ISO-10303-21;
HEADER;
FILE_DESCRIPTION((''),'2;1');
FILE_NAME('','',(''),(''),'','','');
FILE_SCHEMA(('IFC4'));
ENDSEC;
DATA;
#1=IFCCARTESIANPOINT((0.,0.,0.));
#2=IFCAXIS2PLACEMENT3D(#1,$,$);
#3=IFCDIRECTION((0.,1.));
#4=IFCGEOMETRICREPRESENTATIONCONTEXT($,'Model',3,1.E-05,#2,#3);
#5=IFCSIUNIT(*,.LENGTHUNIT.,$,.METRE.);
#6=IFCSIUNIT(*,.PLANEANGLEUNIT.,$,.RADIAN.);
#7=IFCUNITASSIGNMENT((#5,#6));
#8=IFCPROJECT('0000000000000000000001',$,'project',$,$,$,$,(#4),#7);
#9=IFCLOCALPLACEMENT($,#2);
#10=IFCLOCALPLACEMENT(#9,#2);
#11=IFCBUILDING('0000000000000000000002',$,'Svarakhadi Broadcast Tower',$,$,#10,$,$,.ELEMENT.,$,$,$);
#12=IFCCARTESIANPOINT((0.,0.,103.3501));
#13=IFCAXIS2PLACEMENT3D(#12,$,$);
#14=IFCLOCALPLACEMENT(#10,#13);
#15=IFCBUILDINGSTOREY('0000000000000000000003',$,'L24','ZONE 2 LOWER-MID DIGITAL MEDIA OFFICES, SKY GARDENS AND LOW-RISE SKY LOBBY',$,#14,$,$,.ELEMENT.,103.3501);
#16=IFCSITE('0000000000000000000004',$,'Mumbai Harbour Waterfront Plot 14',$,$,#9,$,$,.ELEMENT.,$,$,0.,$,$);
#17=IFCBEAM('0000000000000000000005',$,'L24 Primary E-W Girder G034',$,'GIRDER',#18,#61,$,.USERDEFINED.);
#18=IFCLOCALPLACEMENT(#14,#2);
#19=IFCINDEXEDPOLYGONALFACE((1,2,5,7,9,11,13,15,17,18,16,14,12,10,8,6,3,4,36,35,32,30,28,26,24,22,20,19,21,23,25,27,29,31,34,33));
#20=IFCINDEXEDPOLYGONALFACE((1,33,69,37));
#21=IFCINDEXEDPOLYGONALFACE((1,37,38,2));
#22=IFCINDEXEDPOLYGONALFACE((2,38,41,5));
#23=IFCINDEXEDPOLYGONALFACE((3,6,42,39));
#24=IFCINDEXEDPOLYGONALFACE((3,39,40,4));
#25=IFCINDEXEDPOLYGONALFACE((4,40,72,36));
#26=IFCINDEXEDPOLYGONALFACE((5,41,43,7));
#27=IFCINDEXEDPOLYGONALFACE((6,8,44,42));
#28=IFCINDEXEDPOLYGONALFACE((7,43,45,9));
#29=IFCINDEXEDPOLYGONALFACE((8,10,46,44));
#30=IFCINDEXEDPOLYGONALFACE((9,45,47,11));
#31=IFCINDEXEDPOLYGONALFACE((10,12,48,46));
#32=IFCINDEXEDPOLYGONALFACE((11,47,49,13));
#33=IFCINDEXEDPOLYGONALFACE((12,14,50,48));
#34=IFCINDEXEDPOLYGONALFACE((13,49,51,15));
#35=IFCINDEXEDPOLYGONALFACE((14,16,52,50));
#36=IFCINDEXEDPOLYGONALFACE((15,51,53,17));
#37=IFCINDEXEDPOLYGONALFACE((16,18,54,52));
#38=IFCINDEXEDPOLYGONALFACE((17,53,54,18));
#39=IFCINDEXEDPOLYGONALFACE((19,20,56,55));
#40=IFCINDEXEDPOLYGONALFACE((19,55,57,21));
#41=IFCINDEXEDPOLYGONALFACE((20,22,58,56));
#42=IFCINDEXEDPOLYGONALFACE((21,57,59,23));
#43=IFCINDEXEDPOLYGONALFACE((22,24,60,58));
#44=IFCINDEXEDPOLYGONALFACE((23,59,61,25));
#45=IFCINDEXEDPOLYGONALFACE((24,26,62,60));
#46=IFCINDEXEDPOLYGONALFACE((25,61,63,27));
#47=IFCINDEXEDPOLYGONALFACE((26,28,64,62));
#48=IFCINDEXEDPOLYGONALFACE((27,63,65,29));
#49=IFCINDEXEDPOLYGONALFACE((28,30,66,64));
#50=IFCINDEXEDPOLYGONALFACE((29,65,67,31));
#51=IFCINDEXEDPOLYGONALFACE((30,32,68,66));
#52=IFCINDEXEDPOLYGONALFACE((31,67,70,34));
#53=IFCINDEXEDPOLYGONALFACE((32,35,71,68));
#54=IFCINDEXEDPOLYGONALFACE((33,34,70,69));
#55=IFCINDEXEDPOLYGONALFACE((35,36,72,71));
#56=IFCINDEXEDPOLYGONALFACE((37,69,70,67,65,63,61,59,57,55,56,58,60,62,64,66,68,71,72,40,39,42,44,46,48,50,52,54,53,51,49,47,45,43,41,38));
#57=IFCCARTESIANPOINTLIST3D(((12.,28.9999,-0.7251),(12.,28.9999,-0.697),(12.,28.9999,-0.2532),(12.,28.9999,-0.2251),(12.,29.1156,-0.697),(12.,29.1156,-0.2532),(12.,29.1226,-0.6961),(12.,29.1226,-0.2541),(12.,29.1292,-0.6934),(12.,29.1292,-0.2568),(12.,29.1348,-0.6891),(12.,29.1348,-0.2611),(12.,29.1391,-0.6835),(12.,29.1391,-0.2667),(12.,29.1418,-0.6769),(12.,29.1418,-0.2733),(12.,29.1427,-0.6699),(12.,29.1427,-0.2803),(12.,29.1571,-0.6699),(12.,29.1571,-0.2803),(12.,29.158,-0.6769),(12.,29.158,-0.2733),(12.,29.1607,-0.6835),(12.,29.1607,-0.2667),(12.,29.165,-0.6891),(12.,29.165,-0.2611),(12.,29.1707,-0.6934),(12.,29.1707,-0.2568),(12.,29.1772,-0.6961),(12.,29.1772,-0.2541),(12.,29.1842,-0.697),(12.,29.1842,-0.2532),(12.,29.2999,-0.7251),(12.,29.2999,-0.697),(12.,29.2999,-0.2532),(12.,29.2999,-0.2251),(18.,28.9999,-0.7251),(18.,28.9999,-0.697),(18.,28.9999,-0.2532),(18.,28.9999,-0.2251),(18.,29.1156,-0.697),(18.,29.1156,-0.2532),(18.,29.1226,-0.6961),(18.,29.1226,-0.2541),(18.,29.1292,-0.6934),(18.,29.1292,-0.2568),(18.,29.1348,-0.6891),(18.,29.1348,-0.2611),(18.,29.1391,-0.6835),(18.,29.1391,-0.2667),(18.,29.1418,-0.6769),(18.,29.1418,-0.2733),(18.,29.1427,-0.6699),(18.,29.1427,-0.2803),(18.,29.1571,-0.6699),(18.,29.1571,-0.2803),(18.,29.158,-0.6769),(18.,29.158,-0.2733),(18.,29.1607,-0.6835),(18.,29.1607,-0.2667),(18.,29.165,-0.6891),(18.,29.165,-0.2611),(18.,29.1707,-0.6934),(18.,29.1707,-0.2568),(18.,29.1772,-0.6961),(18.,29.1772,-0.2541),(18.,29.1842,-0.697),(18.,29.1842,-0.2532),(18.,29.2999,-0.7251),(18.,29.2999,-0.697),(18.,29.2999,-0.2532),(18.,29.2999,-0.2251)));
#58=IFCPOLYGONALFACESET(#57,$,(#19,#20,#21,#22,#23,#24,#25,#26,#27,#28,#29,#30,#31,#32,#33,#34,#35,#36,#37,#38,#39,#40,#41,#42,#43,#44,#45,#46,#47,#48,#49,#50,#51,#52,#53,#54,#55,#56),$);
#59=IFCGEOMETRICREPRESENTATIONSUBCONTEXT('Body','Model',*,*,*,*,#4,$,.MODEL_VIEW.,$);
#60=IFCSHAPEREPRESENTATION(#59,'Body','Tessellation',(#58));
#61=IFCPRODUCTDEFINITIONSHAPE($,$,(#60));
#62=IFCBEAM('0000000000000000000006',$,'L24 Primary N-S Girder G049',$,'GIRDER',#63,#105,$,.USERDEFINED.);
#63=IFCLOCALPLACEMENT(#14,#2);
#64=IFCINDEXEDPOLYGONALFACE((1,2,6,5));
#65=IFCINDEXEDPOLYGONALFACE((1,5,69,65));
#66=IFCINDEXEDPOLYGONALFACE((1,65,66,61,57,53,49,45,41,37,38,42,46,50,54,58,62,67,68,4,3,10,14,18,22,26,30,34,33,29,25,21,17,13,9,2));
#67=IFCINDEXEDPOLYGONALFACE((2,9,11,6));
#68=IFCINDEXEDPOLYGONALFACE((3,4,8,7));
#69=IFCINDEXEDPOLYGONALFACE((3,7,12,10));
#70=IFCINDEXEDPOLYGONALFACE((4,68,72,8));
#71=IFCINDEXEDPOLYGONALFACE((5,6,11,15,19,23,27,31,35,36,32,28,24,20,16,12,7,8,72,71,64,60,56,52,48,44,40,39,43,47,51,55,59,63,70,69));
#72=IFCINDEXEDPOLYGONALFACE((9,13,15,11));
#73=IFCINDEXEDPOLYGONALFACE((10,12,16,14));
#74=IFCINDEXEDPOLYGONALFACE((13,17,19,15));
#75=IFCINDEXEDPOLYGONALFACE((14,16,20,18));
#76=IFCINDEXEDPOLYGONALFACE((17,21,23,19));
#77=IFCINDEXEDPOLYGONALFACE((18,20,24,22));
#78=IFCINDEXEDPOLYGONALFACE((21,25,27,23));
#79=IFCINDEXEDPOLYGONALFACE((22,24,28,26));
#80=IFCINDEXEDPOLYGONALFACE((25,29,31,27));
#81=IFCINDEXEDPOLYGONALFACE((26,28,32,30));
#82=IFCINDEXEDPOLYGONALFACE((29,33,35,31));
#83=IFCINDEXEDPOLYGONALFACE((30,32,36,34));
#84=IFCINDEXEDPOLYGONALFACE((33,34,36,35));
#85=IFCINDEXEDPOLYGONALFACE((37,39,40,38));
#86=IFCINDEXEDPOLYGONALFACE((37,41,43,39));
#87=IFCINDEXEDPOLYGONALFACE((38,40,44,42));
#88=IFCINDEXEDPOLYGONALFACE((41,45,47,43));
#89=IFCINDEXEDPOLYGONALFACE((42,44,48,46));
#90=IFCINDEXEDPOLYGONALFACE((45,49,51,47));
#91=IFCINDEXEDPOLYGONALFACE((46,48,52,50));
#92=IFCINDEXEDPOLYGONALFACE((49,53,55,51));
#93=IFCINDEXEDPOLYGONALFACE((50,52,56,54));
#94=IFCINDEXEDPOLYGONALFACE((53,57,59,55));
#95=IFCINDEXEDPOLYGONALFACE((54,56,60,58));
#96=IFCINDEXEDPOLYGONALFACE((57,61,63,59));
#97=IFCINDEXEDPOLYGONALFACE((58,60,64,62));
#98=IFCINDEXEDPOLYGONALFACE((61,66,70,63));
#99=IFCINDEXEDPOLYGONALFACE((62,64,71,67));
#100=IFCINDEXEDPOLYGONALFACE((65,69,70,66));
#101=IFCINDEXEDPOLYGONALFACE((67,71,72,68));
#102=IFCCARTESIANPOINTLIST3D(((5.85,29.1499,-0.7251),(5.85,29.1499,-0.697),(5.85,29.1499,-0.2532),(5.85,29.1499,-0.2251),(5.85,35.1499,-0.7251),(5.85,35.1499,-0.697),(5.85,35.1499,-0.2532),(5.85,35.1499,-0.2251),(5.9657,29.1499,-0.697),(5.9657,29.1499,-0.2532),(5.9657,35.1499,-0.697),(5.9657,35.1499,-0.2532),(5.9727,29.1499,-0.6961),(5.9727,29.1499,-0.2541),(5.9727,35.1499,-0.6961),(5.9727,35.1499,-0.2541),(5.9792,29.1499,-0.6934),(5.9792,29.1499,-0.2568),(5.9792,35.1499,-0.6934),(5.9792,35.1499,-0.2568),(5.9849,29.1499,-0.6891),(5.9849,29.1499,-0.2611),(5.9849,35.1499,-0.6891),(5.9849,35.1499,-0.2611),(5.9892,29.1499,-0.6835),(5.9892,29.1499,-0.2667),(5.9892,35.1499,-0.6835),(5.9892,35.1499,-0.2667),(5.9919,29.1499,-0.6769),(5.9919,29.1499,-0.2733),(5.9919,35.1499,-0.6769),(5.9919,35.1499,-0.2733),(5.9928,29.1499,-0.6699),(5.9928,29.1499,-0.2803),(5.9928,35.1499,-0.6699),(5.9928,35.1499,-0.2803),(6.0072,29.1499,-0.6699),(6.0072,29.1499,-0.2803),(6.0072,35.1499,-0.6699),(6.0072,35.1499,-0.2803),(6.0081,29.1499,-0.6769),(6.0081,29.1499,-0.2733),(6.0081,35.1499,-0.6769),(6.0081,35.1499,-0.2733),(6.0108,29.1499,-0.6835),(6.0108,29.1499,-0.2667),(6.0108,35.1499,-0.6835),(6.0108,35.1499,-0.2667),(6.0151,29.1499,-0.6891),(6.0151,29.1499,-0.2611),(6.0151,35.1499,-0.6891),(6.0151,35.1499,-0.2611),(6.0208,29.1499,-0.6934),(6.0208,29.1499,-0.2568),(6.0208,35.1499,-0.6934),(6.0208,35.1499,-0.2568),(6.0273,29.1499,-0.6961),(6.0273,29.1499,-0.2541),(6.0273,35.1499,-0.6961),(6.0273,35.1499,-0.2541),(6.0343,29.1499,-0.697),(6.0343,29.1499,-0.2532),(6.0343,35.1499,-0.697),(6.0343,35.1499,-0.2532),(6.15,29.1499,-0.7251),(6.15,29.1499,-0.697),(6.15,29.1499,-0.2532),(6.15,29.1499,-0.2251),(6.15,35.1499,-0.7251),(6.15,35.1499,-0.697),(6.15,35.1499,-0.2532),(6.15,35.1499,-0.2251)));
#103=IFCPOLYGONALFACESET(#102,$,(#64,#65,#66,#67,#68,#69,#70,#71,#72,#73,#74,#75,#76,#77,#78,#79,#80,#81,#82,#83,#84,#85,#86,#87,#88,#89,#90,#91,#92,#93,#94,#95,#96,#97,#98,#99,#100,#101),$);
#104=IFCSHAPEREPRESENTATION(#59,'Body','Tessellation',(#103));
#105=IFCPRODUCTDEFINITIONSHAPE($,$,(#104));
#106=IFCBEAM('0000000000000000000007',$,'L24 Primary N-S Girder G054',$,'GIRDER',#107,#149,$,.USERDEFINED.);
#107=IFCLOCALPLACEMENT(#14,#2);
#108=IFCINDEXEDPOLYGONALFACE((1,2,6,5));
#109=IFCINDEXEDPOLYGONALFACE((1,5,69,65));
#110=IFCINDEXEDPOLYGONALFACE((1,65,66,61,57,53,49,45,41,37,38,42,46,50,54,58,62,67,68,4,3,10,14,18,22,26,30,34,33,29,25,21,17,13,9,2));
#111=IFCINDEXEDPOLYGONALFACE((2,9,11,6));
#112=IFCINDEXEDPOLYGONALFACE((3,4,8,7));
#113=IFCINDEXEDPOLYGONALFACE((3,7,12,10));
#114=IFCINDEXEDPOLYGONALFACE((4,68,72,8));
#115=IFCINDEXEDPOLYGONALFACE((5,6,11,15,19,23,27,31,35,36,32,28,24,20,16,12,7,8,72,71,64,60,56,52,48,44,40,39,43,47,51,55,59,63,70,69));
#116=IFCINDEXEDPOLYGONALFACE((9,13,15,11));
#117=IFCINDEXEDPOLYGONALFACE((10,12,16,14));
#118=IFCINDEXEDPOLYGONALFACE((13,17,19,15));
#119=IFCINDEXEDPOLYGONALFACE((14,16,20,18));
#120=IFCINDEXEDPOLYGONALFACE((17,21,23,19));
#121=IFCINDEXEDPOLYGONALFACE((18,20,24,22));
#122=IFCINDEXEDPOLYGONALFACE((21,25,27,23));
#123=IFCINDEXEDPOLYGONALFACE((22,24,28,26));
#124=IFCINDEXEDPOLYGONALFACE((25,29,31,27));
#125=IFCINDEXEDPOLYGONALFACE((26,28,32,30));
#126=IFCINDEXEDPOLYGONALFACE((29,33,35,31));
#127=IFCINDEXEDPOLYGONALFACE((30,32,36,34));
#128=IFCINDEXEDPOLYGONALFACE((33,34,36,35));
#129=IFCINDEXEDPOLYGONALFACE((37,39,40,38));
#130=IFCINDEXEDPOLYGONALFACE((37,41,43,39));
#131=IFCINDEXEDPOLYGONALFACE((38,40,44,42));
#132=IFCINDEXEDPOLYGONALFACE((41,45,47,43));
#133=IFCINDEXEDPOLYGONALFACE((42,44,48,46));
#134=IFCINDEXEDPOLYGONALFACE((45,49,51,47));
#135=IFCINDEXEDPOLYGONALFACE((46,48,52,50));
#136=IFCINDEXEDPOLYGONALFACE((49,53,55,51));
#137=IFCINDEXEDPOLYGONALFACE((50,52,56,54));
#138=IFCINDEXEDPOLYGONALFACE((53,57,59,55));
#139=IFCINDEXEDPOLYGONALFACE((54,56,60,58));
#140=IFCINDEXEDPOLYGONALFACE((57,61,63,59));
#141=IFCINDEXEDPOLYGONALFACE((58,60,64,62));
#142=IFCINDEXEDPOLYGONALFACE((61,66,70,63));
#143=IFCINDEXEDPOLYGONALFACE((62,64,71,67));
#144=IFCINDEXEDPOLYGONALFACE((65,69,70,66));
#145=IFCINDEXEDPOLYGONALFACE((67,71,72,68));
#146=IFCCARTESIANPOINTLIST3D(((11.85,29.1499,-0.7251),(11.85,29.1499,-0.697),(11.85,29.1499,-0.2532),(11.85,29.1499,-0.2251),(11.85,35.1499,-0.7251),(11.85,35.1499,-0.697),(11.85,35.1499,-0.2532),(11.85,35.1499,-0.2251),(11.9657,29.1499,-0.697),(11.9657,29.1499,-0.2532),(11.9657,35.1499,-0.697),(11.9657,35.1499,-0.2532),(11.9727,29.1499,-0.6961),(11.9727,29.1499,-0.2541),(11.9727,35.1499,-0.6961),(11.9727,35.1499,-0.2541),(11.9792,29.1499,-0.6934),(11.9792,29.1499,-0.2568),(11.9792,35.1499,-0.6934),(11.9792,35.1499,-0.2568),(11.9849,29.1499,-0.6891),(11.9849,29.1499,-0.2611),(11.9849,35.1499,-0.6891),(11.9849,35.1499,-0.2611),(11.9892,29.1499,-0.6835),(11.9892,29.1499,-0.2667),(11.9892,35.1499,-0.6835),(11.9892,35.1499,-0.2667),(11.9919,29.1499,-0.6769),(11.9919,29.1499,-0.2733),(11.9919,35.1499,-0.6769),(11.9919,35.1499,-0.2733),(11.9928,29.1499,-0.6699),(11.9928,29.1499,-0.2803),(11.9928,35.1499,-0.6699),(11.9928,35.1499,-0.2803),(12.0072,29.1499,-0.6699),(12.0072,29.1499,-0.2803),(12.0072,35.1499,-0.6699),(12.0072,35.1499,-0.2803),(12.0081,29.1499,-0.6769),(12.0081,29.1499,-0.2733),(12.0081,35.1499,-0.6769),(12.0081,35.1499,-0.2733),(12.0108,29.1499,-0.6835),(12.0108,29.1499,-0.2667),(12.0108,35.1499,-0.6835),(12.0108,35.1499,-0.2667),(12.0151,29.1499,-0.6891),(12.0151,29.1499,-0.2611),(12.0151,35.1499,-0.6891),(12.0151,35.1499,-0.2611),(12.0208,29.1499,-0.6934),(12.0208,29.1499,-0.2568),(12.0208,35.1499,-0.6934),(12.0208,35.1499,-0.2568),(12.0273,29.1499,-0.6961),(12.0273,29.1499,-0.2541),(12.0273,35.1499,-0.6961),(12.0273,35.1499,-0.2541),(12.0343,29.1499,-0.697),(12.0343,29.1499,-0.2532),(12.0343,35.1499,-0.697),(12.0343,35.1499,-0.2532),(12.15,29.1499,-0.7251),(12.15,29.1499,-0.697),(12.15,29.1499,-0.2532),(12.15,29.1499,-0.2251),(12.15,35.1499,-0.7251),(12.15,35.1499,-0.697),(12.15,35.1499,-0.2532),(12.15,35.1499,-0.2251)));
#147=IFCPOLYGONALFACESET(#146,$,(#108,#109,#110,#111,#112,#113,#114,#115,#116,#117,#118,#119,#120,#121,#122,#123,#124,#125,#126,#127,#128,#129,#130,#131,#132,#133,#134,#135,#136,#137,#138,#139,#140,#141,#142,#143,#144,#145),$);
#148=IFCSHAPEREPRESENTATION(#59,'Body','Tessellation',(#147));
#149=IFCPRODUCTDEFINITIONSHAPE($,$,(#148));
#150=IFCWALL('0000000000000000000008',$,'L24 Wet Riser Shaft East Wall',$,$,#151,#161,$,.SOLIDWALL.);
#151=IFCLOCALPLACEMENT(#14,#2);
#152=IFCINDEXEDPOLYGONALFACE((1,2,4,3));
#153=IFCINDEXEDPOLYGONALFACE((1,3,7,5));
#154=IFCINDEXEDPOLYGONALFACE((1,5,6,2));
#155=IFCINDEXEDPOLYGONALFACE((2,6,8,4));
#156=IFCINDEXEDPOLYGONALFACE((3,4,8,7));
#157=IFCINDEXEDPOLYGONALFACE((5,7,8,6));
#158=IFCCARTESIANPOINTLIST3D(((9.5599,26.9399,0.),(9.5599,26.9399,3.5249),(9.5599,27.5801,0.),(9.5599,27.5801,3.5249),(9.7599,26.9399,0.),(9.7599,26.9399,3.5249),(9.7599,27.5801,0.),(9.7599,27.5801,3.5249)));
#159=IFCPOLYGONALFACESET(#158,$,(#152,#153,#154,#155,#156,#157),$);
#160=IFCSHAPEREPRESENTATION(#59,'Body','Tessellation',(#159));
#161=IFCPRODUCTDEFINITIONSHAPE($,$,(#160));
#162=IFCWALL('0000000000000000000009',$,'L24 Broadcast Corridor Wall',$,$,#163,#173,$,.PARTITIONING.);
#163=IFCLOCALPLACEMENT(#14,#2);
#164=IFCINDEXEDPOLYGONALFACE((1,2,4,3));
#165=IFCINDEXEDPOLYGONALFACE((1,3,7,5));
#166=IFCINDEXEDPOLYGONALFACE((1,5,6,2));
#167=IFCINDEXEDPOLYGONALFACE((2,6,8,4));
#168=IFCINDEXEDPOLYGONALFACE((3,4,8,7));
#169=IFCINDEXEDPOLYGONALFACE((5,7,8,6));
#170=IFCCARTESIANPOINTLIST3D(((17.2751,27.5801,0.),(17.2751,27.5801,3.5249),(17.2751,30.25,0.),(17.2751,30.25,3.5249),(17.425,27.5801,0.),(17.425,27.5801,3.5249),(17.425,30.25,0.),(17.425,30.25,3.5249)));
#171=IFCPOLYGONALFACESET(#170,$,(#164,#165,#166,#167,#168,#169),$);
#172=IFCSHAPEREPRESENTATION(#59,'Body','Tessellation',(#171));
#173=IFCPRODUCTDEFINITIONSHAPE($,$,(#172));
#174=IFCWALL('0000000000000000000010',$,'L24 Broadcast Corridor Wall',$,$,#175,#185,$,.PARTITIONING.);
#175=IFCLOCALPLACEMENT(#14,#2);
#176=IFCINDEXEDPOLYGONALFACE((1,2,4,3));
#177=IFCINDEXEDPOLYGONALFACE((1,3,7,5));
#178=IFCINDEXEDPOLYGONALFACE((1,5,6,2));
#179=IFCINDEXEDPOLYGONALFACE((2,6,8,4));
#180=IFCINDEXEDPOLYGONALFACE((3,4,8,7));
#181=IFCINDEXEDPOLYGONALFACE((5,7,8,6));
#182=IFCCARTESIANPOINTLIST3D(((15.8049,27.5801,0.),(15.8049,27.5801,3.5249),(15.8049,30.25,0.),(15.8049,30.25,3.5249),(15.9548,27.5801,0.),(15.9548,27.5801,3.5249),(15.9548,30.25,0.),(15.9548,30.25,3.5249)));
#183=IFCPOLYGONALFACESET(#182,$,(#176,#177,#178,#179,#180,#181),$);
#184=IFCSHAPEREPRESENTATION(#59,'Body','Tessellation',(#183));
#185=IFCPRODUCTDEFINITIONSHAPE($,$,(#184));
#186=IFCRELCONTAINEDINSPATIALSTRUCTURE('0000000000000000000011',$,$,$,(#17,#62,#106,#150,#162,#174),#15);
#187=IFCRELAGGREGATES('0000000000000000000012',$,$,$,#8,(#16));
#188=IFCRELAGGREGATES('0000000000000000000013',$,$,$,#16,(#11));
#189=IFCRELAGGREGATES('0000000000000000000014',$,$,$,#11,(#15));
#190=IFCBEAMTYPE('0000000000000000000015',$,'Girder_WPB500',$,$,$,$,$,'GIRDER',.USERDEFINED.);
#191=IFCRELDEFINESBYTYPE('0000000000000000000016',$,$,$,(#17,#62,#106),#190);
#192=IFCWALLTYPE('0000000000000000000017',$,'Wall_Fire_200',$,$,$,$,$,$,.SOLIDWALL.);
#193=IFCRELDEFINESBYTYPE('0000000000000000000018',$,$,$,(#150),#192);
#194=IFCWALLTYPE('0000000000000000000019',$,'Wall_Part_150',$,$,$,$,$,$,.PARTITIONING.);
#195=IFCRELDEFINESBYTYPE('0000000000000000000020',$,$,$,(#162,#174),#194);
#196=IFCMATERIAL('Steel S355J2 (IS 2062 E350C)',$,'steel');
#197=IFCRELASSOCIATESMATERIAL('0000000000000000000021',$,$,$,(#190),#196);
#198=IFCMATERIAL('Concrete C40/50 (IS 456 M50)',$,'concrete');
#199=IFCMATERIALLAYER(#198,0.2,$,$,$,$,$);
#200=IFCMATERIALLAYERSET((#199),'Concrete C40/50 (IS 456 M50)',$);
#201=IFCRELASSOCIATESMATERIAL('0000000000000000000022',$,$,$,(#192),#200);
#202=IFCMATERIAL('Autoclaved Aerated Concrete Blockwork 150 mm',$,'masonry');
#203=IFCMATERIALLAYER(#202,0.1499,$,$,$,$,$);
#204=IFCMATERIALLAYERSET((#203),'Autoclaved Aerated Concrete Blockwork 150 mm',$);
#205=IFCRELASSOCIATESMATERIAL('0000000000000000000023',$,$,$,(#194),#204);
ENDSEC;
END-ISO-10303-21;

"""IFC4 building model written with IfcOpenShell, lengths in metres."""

from ifc_helpers import new_model, si_unit, direction, frame, frame_2d, origin, origin_2d, place, context, subcontext, project, spatial, rectangle, i_section, extrude, material, layer, layer_set, material_profile, profile_set, type_object, element, save


model = new_model("IFC4")

# Units and contexts
model_context = context("Model", 3, precision=1e-05, world=origin(), true_north=direction((0.0, 1.0)))
body_context = subcontext(model_context, "Body", "Model", "MODEL_VIEW")
ifc_project = project(units=[si_unit("LENGTHUNIT", "METRE"), si_unit("PLANEANGLEUNIT", "RADIAN")], contexts=[model_context])

# Site, building, storey
site_placement = place(None, origin())
site = spatial("IfcSite", under=ifc_project, at=site_placement, Name="Mumbai Harbour Waterfront Plot 14", CompositionType="ELEMENT", RefElevation=0.0)
building_placement = place(site_placement, origin())
building = spatial("IfcBuilding", under=site, at=building_placement, Name="Svarakhadi Broadcast Tower", CompositionType="ELEMENT")
storey_placement = place(building_placement, frame((0.0, 0.0, 103.3501)))
storey = spatial("IfcBuildingStorey", under=building, at=storey_placement, Name="L24", Description="ZONE 2 LOWER-MID DIGITAL MEDIA OFFICES, SKY GARDENS AND LOW-RISE SKY LOBBY", CompositionType="ELEMENT", Elevation=103.3501)

# Beams
ifc_material_1 = material(Name="Steel S355J2 (IS 2062 E350C)", Category="steel")
ifc_material_profile_1 = material_profile(ifc_material_1, i_section(OverallWidth=0.3, OverallDepth=0.5, WebThickness=0.0144, FlangeThickness=0.0281, FilletRadius=0.0271, at=origin_2d()), Name="WPB 500x300x187")
ifc_profile_set_1 = profile_set([ifc_material_profile_1], Name="Steel S355J2 (IS 2062 E350C)")
beam_type_1 = type_object("IfcBeamType", Name="Girder_WPB500", ElementType="GIRDER", PredefinedType="USERDEFINED", material=ifc_profile_set_1)
for number, where, z_axis, x_axis, name in (
    (1, (12.0, 29.1499, -0.4751), (1.0, 0.0, 0.0), (0.0, 1.0, 0.0), "L24 Primary E-W Girder G034"),
    (2, (6.0, 29.1499, -0.4751), (0.0, 1.0, 0.0), (-1.0, 0.0, 0.0), "L24 Primary N-S Girder G049"),
    (3, (12.0, 29.1499, -0.4751), (0.0, 1.0, 0.0), (-1.0, 0.0, 0.0), "L24 Primary N-S Girder G054"),
):
    element("IfcBeam", number, at=place(storey_placement, frame(where, z_axis=z_axis, x_axis=x_axis)), inside=storey, type_object=beam_type_1, Name=name, ObjectType="GIRDER", PredefinedType="USERDEFINED", context=body_context, shape_type="SweptSolid", body=[
        extrude(i_section(OverallWidth=0.3, OverallDepth=0.5, WebThickness=0.0144, FlangeThickness=0.0281, FilletRadius=0.0271, at=origin_2d()), origin(), (0.0, 0.0, 1.0), 6.0),
    ])

# Walls
ifc_material_2 = material(Name="Concrete C40/50 (IS 456 M50)", Category="concrete")
ifc_layer_1 = layer(ifc_material_2, 0.2)
ifc_layer_set_1 = layer_set([ifc_layer_1], Name="Concrete C40/50 (IS 456 M50)")
wall_type_1 = type_object("IfcWallType", Name="Wall_Fire_200", PredefinedType="SOLIDWALL", material=ifc_layer_set_1)
wall_1_placement = place(storey_placement, frame((9.6599, 26.9399, 0.0), z_axis=(0.0, 0.0, 1.0), x_axis=(0.0, 1.0, 0.0)))
element("IfcWall", 4, at=wall_1_placement, inside=storey, type_object=wall_type_1, Name="L24 Wet Riser Shaft East Wall", PredefinedType="SOLIDWALL", context=body_context, shape_type="SweptSolid", body=[
    extrude(rectangle(XDim=0.6401, YDim=0.2, at=frame_2d((0.3201, 0.0))), origin(), (0.0, 0.0, 1.0), 3.5249),
])
ifc_material_3 = material(Name="Autoclaved Aerated Concrete Blockwork 150 mm", Category="masonry")
ifc_layer_2 = layer(ifc_material_3, 0.1499)
ifc_layer_set_2 = layer_set([ifc_layer_2], Name="Autoclaved Aerated Concrete Blockwork 150 mm")
wall_type_2 = type_object("IfcWallType", Name="Wall_Part_150", PredefinedType="PARTITIONING", material=ifc_layer_set_2)
for number, where, z_axis, x_axis, name in (
    (5, (17.3501, 30.25, 0.0), (0.0, 0.0, 1.0), (0.0, -1.0, 0.0), "L24 Broadcast Corridor Wall"),
    (6, (15.8799, 27.5801, 0.0), (0.0, 0.0, 1.0), (0.0, 1.0, 0.0), "L24 Broadcast Corridor Wall"),
):
    element("IfcWall", number, at=place(storey_placement, frame(where, z_axis=z_axis, x_axis=x_axis)), inside=storey, type_object=wall_type_2, Name=name, PredefinedType="PARTITIONING", context=body_context, shape_type="SweptSolid", body=[
        extrude(rectangle(XDim=2.6699, YDim=0.1499, at=frame_2d((1.335, 0.0))), origin(), (0.0, 0.0, 1.0), 3.5249),
    ])

save(model, "model.ifc")
